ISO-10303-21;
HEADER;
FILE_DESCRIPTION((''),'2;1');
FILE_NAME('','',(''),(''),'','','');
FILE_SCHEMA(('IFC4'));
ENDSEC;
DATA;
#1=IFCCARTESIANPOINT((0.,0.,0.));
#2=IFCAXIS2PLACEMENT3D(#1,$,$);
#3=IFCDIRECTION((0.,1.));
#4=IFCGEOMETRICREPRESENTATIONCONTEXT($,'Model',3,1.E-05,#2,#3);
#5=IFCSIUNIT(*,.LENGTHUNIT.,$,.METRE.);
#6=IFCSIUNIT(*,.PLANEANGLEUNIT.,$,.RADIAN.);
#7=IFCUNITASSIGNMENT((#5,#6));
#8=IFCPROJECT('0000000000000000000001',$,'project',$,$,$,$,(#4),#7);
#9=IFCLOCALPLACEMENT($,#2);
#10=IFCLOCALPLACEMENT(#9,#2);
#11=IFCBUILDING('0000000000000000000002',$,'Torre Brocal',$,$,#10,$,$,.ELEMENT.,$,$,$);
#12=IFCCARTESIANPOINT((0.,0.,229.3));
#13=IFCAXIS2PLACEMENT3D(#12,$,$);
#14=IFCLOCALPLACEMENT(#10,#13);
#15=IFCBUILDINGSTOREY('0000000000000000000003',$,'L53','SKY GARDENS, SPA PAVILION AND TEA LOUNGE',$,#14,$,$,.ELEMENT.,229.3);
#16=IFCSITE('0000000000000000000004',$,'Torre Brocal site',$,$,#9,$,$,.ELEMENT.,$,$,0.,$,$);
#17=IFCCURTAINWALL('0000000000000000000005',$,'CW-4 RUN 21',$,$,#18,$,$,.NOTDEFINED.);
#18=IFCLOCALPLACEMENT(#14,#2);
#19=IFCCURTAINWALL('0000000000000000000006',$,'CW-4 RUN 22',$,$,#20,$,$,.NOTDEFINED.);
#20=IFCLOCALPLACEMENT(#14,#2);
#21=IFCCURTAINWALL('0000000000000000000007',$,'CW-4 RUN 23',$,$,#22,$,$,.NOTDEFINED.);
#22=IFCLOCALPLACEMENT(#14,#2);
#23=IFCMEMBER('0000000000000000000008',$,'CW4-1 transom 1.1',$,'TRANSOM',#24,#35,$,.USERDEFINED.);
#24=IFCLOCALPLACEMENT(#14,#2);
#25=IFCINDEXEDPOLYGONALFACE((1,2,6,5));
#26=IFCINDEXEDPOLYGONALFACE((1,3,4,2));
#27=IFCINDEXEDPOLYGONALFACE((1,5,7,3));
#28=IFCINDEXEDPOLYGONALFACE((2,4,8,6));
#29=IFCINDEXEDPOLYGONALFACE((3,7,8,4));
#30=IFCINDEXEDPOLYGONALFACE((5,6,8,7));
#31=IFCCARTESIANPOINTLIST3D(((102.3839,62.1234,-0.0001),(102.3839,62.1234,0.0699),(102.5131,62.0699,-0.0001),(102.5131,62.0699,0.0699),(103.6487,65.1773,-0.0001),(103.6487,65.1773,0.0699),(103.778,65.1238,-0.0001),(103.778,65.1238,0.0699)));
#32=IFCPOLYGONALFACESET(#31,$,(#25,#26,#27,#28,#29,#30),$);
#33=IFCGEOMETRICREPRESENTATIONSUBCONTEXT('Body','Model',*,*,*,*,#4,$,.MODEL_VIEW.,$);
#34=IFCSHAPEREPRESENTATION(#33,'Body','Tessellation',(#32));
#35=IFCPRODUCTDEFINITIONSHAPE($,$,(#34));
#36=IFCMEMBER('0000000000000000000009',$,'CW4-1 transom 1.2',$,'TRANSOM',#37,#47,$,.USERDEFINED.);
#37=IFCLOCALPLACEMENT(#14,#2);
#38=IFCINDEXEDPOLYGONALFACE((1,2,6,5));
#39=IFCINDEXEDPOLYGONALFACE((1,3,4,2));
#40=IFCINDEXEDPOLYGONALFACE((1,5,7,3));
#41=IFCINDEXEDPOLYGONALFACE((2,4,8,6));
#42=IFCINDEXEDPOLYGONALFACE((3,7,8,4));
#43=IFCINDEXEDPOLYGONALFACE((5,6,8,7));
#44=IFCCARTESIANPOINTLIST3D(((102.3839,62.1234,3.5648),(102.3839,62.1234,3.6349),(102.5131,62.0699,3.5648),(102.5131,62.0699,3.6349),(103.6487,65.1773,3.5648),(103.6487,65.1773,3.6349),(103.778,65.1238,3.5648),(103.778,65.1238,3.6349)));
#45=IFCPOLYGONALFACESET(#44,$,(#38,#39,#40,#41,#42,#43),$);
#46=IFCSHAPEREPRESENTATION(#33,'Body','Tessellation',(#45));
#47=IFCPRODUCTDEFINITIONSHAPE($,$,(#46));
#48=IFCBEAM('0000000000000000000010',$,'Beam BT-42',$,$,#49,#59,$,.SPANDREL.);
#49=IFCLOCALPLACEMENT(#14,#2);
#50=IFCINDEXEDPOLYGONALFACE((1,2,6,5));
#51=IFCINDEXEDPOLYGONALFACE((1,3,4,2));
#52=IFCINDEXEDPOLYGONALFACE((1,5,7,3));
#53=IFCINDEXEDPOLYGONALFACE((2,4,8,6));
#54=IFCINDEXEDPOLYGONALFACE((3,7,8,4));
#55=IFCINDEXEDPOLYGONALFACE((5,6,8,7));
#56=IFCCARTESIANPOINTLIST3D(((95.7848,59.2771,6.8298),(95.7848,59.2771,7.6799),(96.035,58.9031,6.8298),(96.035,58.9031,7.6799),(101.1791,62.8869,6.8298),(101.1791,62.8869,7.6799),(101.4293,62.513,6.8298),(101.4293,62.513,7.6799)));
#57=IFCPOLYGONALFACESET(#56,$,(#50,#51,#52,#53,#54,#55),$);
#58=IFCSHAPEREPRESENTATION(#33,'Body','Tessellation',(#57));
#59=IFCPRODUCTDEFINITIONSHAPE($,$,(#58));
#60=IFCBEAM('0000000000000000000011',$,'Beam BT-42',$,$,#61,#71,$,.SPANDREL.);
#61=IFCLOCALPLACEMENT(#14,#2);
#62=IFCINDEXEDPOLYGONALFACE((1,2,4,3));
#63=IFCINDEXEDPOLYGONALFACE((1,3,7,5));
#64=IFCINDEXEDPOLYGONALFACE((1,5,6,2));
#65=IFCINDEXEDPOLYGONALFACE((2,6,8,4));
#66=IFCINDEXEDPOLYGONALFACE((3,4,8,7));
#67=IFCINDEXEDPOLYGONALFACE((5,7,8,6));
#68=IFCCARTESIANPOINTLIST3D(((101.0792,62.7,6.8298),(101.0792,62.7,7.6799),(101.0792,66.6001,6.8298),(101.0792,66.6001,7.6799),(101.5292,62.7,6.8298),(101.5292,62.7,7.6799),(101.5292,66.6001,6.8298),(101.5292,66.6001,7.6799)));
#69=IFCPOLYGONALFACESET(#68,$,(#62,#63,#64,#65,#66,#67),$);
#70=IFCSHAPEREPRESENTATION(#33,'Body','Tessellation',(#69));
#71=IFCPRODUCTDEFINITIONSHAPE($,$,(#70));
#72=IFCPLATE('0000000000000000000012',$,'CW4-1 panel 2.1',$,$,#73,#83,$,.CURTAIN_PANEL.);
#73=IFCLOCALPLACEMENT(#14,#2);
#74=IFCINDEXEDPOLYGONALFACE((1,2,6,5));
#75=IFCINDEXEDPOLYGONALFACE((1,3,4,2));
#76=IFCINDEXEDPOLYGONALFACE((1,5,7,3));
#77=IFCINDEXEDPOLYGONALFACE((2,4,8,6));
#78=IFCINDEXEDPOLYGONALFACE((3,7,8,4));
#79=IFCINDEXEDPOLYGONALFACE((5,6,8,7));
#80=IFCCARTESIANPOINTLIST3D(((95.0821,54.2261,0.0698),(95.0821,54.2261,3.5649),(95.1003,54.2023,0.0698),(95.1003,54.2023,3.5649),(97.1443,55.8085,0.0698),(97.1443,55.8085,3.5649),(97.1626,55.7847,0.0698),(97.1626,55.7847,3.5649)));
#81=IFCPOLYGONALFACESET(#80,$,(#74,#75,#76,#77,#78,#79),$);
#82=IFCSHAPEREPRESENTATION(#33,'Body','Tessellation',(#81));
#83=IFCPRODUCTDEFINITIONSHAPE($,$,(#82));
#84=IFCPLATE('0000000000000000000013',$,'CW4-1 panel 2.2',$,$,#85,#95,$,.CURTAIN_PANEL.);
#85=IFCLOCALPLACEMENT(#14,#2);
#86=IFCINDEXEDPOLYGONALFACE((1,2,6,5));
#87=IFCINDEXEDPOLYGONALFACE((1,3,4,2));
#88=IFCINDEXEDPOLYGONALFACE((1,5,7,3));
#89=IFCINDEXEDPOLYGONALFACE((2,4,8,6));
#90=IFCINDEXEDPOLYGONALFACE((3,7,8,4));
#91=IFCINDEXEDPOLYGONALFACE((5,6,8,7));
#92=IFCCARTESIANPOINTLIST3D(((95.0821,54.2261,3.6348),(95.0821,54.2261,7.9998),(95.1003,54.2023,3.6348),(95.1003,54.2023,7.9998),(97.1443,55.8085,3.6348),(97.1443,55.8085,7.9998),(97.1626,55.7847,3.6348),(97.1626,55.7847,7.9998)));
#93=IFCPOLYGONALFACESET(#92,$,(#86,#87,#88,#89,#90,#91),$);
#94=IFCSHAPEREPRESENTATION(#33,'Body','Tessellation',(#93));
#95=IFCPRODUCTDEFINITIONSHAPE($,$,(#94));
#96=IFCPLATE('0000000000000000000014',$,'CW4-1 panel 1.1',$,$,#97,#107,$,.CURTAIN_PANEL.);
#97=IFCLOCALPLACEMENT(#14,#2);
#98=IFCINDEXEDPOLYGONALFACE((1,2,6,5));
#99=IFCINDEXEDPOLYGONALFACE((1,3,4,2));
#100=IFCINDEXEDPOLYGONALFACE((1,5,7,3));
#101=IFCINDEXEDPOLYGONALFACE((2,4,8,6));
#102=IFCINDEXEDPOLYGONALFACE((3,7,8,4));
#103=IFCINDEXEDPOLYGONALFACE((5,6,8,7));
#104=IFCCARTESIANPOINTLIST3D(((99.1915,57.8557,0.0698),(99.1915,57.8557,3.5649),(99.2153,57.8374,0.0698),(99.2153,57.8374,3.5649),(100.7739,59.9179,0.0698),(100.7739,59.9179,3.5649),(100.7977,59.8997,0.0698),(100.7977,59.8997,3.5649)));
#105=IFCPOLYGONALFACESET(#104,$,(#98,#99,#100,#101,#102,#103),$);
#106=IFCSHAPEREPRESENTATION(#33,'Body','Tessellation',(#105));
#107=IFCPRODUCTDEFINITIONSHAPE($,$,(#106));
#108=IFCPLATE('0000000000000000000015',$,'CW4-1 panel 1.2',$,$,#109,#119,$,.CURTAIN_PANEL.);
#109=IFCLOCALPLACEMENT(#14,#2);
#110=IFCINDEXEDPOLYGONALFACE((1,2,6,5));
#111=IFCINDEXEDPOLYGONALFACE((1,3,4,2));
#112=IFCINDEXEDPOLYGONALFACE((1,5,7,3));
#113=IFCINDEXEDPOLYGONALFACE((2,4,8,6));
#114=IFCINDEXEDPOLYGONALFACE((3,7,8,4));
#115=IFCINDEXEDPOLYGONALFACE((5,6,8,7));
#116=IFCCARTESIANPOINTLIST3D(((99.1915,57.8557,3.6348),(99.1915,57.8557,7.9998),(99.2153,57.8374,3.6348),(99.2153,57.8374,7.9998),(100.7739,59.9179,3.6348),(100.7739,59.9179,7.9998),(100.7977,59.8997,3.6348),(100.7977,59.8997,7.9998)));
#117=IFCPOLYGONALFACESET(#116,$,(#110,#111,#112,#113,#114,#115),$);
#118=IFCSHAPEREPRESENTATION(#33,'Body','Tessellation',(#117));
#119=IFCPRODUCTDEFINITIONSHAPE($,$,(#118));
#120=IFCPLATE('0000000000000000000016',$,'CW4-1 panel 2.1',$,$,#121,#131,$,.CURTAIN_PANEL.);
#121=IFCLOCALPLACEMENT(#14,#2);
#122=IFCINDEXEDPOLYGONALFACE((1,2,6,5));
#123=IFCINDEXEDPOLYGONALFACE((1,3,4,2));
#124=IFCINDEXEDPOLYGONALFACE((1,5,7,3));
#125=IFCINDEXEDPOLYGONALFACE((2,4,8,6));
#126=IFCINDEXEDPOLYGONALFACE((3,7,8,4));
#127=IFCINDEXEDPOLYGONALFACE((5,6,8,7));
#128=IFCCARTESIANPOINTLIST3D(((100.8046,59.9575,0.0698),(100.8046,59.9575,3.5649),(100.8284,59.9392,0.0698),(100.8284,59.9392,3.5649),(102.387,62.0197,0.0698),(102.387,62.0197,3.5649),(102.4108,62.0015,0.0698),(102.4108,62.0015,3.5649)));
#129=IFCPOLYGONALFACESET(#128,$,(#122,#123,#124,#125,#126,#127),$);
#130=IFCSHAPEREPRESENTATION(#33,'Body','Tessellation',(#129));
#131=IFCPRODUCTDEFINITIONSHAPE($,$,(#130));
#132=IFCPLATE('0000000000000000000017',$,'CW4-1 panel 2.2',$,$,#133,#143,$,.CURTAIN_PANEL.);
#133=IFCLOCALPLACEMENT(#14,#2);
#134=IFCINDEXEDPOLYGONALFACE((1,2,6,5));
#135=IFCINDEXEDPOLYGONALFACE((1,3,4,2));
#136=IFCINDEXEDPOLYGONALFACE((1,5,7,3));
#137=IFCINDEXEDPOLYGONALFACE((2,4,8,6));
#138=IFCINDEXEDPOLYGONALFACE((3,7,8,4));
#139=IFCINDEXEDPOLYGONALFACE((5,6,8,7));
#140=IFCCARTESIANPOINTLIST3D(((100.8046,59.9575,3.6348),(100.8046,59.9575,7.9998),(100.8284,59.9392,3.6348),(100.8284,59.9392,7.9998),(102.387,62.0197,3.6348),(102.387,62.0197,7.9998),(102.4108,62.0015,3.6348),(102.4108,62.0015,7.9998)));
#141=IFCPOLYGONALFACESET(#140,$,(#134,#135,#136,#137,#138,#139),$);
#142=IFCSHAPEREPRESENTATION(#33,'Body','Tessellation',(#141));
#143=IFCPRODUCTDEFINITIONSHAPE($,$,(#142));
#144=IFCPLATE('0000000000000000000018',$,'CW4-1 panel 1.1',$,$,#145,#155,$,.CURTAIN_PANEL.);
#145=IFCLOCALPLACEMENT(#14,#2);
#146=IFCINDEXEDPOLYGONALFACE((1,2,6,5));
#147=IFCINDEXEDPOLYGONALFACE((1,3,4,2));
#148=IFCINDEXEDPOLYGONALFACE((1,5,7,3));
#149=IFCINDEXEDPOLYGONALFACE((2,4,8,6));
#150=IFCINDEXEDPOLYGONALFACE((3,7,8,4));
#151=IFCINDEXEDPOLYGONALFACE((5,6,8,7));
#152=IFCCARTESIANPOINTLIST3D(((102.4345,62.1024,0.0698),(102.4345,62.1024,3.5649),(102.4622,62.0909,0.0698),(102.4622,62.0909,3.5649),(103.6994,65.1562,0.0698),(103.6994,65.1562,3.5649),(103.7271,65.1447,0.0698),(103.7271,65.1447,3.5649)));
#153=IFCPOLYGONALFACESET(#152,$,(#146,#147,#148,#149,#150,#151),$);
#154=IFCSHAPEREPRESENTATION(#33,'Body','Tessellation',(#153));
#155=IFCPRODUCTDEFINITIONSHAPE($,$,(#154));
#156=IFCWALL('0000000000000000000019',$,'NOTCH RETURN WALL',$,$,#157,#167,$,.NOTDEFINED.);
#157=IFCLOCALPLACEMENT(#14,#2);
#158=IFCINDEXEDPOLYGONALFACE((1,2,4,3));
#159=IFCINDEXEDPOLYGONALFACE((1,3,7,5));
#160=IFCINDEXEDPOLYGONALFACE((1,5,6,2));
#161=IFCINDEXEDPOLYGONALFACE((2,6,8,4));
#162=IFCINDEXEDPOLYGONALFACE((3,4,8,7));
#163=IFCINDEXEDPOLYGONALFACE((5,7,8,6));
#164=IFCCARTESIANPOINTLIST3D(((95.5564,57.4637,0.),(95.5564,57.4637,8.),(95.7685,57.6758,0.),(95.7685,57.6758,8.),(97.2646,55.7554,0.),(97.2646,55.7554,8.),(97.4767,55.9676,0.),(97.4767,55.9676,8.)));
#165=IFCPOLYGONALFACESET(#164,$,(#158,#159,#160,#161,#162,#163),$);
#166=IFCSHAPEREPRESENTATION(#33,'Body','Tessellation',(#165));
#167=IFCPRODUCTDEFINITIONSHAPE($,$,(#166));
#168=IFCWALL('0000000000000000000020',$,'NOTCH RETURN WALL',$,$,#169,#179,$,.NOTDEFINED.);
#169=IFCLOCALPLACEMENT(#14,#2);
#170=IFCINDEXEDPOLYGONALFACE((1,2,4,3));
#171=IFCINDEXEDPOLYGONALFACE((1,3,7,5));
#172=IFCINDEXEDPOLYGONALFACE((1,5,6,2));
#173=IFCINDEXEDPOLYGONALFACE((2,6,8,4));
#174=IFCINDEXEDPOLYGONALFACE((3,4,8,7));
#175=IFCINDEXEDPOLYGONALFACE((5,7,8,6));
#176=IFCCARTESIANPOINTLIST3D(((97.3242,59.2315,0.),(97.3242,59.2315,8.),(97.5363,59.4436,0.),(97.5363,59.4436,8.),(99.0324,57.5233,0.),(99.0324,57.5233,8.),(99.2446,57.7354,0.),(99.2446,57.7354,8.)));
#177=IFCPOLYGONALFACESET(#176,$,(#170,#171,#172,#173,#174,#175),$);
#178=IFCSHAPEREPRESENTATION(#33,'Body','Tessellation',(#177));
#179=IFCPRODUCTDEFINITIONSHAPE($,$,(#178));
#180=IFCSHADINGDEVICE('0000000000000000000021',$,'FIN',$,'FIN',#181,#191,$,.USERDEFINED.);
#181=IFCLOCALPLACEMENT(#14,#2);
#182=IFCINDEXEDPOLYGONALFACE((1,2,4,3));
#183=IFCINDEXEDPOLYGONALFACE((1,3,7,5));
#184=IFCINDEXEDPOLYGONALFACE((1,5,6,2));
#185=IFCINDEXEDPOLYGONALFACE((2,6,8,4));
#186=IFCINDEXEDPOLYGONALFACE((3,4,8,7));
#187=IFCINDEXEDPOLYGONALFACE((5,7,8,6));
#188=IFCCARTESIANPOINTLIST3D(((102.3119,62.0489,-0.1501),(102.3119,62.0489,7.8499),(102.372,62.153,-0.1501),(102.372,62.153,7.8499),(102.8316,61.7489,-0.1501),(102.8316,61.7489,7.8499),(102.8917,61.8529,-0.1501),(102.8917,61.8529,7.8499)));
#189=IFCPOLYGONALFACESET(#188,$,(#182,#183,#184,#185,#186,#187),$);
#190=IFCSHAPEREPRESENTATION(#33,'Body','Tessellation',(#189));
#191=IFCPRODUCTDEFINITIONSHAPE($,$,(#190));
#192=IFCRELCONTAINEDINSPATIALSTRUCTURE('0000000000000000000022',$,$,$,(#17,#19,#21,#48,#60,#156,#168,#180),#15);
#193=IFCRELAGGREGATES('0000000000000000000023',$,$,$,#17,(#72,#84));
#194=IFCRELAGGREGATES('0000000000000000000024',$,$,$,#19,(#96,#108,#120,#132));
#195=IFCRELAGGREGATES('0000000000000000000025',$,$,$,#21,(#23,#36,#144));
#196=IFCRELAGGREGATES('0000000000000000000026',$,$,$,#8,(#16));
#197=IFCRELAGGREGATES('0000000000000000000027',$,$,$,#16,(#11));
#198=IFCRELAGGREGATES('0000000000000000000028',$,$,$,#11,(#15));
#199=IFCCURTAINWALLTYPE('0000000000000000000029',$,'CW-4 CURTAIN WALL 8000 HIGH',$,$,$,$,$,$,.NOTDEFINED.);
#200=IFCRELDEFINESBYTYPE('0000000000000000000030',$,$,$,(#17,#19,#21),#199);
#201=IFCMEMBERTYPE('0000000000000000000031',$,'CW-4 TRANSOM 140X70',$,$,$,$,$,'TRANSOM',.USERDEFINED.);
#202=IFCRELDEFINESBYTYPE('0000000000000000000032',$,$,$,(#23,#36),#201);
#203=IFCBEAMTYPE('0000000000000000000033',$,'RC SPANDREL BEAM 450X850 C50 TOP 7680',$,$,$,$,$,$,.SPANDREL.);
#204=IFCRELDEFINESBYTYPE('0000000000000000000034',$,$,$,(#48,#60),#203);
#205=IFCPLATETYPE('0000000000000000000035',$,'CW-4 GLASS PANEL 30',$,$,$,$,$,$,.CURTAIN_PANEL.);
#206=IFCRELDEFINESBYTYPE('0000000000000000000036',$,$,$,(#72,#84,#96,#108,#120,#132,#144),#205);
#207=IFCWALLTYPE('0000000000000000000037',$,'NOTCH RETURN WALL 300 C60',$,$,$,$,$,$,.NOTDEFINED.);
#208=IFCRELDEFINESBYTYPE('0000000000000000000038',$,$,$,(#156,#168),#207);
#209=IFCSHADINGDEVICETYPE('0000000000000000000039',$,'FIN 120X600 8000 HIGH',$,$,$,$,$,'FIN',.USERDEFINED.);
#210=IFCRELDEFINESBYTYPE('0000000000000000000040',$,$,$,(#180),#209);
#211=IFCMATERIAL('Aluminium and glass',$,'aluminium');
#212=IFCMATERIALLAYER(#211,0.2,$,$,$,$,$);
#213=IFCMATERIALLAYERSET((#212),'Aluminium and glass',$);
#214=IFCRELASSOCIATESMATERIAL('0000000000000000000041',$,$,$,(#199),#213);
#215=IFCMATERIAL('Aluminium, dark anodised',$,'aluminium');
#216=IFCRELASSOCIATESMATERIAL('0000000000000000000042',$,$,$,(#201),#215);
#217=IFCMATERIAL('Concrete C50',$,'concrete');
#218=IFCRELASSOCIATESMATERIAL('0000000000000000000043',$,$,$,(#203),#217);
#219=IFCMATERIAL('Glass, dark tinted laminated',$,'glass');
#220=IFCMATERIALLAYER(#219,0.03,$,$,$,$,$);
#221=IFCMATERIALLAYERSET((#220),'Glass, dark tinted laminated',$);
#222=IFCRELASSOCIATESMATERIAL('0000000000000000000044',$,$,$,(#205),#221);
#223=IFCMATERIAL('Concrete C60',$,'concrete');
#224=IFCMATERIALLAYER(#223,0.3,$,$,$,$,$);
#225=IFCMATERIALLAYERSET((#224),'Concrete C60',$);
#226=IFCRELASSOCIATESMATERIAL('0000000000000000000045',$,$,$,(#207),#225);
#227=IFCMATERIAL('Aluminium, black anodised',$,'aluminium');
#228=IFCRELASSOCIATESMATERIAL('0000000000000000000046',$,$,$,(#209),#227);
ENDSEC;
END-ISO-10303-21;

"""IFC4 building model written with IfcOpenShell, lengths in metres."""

from ifc_helpers import new_model, si_unit, direction, frame, frame_2d, origin, origin_2d, place, context, subcontext, project, spatial, rectangle, extrude, material, layer, layer_set, material_profile, profile_set, type_object, element, aggregate, save


model = new_model("IFC4")

# Units and contexts
model_context = context("Model", 3, precision=1e-05, world=origin(), true_north=direction((0.0, 1.0)))
body_context = subcontext(model_context, "Body", "Model", "MODEL_VIEW")
ifc_project = project(units=[si_unit("LENGTHUNIT", "METRE"), si_unit("PLANEANGLEUNIT", "RADIAN")], contexts=[model_context])

# Site, building, storey
site_placement = place(None, origin())
site = spatial("IfcSite", under=ifc_project, at=site_placement, Name="Torre Brocal site", CompositionType="ELEMENT", RefElevation=0.0)
building_placement = place(site_placement, origin())
building = spatial("IfcBuilding", under=site, at=building_placement, Name="Torre Brocal", CompositionType="ELEMENT")
storey_placement = place(building_placement, frame((0.0, 0.0, 229.3)))
storey = spatial("IfcBuildingStorey", under=building, at=storey_placement, Name="L53", Description="SKY GARDENS, SPA PAVILION AND TEA LOUNGE", CompositionType="ELEMENT", Elevation=229.3)

# Curtain walls
ifc_material_1 = material(Name="Aluminium and glass", Category="aluminium")
ifc_layer_1 = layer(ifc_material_1, 0.2)
ifc_layer_set_1 = layer_set([ifc_layer_1], Name="Aluminium and glass")
curtain_wall_type = type_object("IfcCurtainWallType", Name="CW-4 CURTAIN WALL 8000 HIGH", PredefinedType="NOTDEFINED", material=ifc_layer_set_1)
curtain_wall_1_placement = place(storey_placement, origin())
curtain_wall_1 = element("IfcCurtainWall", 1, at=curtain_wall_1_placement, inside=storey, type_object=curtain_wall_type, Name="CW-4 RUN 21", PredefinedType="NOTDEFINED")
curtain_wall_2_placement = place(storey_placement, origin())
curtain_wall_2 = element("IfcCurtainWall", 2, at=curtain_wall_2_placement, inside=storey, type_object=curtain_wall_type, Name="CW-4 RUN 22", PredefinedType="NOTDEFINED")

# Curtain wall
curtain_wall_3_placement = place(storey_placement, origin())
curtain_wall_3 = element("IfcCurtainWall", 3, at=curtain_wall_3_placement, inside=storey, type_object=curtain_wall_type, Name="CW-4 RUN 23", PredefinedType="NOTDEFINED")

# Members
ifc_material_2 = material(Name="Aluminium, dark anodised", Category="aluminium")
ifc_material_profile_1 = material_profile(ifc_material_2, rectangle(XDim=0.1399, YDim=0.0701, at=origin_2d()), Name="CW-4 TRANSOM 140X70")
ifc_profile_set_1 = profile_set([ifc_material_profile_1], Name="Aluminium, dark anodised")
member_type_1 = type_object("IfcMemberType", Name="CW-4 TRANSOM 140X70", ElementType="TRANSOM", PredefinedType="USERDEFINED", material=ifc_profile_set_1)
member_1_placement = place(storey_placement, frame((102.4485, 62.0967, 0.0349), z_axis=(0.382658, 0.92389, 0.0), x_axis=(-0.92389, 0.382658, 0.0)))
member_1 = element("IfcMember", 4, at=member_1_placement, type_object=member_type_1, Name="CW4-1 transom 1.1", ObjectType="TRANSOM", PredefinedType="USERDEFINED", context=body_context, shape_type="SweptSolid", body=[
    extrude(rectangle(XDim=0.1399, YDim=0.0701, at=origin_2d()), origin(), (0.0, 0.0, 1.0), 3.3054),
])
member_2_placement = place(storey_placement, frame((102.4485, 62.0967, 3.5999), z_axis=(0.382658, 0.92389, 0.0), x_axis=(-0.92389, 0.382658, 0.0)))
member_2 = element("IfcMember", 5, at=member_2_placement, type_object=member_type_1, Name="CW4-1 transom 1.2", ObjectType="TRANSOM", PredefinedType="USERDEFINED", context=body_context, shape_type="SweptSolid", body=[
    extrude(rectangle(XDim=0.1399, YDim=0.0701, at=origin_2d()), origin(), (0.0, 0.0, 1.0), 3.3054),
])

# Beams
ifc_material_3 = material(Name="Concrete C50", Category="concrete")
ifc_material_profile_2 = material_profile(ifc_material_3, rectangle(XDim=0.45, YDim=0.8501, at=origin_2d()), Name="RC 450X850")
ifc_profile_set_2 = profile_set([ifc_material_profile_2], Name="Concrete C50")
beam_type = type_object("IfcBeamType", Name="RC SPANDREL BEAM 450X850 C50 TOP 7680", PredefinedType="SPANDREL", material=ifc_profile_set_2)
beam_1_placement = place(storey_placement, frame((95.9099, 59.0901, 7.2549), z_axis=(0.831077, 0.556158, 0.0), x_axis=(-0.556158, 0.831077, 0.0)))
element("IfcBeam", 6, at=beam_1_placement, inside=storey, type_object=beam_type, Name="Beam BT-42", PredefinedType="SPANDREL", context=body_context, shape_type="SweptSolid", body=[
    extrude(rectangle(XDim=0.45, YDim=0.8501, at=origin_2d()), origin(), (0.0, 0.0, 1.0), 6.4907),
])
beam_2_placement = place(storey_placement, frame((101.3042, 62.7, 7.2549), z_axis=(0.0, 1.0, 0.0), x_axis=(-1.0, 0.0, 0.0)))
element("IfcBeam", 7, at=beam_2_placement, inside=storey, type_object=beam_type, Name="Beam BT-42", PredefinedType="SPANDREL", context=body_context, shape_type="SweptSolid", body=[
    extrude(rectangle(XDim=0.45, YDim=0.8501, at=origin_2d()), origin(), (0.0, 0.0, 1.0), 3.9001),
])

# Plates
ifc_material_4 = material(Name="Glass, dark tinted laminated", Category="glass")
ifc_layer_2 = layer(ifc_material_4, 0.03)
ifc_layer_set_2 = layer_set([ifc_layer_2], Name="Glass, dark tinted laminated")
plate_type = type_object("IfcPlateType", Name="CW-4 GLASS PANEL 30", PredefinedType="CURTAIN_PANEL", material=ifc_layer_set_2)
plate_1_placement = place(storey_placement, frame((96.1223, 55.0054, 0.0698), z_axis=(0.0, 0.0, 1.0), x_axis=(0.793353, 0.608761, 0.0)))
plate_1 = element("IfcPlate", 8, at=plate_1_placement, type_object=plate_type, Name="CW4-1 panel 2.1", PredefinedType="CURTAIN_PANEL", context=body_context, shape_type="SweptSolid", body=[
    extrude(rectangle(XDim=2.5994, YDim=0.03, at=origin_2d()), origin(), (0.0, 0.0, 1.0), 3.4951),
])
plate_2_placement = place(storey_placement, frame((96.1223, 55.0054, 3.6348), z_axis=(0.0, 0.0, 1.0), x_axis=(0.793353, 0.608761, 0.0)))
plate_2 = element("IfcPlate", 9, at=plate_2_placement, type_object=plate_type, Name="CW4-1 panel 2.2", PredefinedType="CURTAIN_PANEL", context=body_context, shape_type="SweptSolid", body=[
    extrude(rectangle(XDim=2.5994, YDim=0.03, at=origin_2d()), origin(), (0.0, 0.0, 1.0), 4.365),
])
aggregate(curtain_wall_1, [plate_1, plate_2])
plate_3_placement = place(storey_placement, frame((99.9946, 58.8777, 0.0698), z_axis=(0.0, 0.0, 1.0), x_axis=(0.608761, 0.793353, 0.0)))
plate_3 = element("IfcPlate", 10, at=plate_3_placement, type_object=plate_type, Name="CW4-1 panel 1.1", PredefinedType="CURTAIN_PANEL", context=body_context, shape_type="SweptSolid", body=[
    extrude(rectangle(XDim=2.5994, YDim=0.03, at=origin_2d()), origin(), (0.0, 0.0, 1.0), 3.4951),
])
plate_4_placement = place(storey_placement, frame((99.9946, 58.8777, 3.6348), z_axis=(0.0, 0.0, 1.0), x_axis=(0.608761, 0.793353, 0.0)))
plate_4 = element("IfcPlate", 11, at=plate_4_placement, type_object=plate_type, Name="CW4-1 panel 1.2", PredefinedType="CURTAIN_PANEL", context=body_context, shape_type="SweptSolid", body=[
    extrude(rectangle(XDim=2.5994, YDim=0.03, at=origin_2d()), origin(), (0.0, 0.0, 1.0), 4.365),
])
plate_5_placement = place(storey_placement, frame((101.6077, 60.9795, 0.0698), z_axis=(0.0, 0.0, 1.0), x_axis=(0.608761, 0.793353, 0.0)))
plate_5 = element("IfcPlate", 12, at=plate_5_placement, type_object=plate_type, Name="CW4-1 panel 2.1", PredefinedType="CURTAIN_PANEL", context=body_context, shape_type="SweptSolid", body=[
    extrude(rectangle(XDim=2.5994, YDim=0.03, at=origin_2d()), origin(), (0.0, 0.0, 1.0), 3.4951),
])
plate_6_placement = place(storey_placement, frame((101.6077, 60.9795, 3.6348), z_axis=(0.0, 0.0, 1.0), x_axis=(0.608761, 0.793353, 0.0)))
plate_6 = element("IfcPlate", 13, at=plate_6_placement, type_object=plate_type, Name="CW4-1 panel 2.2", PredefinedType="CURTAIN_PANEL", context=body_context, shape_type="SweptSolid", body=[
    extrude(rectangle(XDim=2.5994, YDim=0.03, at=origin_2d()), origin(), (0.0, 0.0, 1.0), 4.365),
])
aggregate(curtain_wall_2, [plate_3, plate_4, plate_5, plate_6])
plate_7_placement = place(storey_placement, frame((103.0808, 63.6235, 0.0698), z_axis=(0.0, 0.0, 1.0), x_axis=(0.382683, 0.92388, 0.0)))
plate_7 = element("IfcPlate", 14, at=plate_7_placement, type_object=plate_type, Name="CW4-1 panel 1.1", PredefinedType="CURTAIN_PANEL", context=body_context, shape_type="SweptSolid", body=[
    extrude(rectangle(XDim=3.3054, YDim=0.03, at=origin_2d()), origin(), (0.0, 0.0, 1.0), 3.4951),
])
aggregate(curtain_wall_3, [member_1, member_2, plate_7])

# Walls
ifc_material_5 = material(Name="Concrete C60", Category="concrete")
ifc_layer_3 = layer(ifc_material_5, 0.3)
ifc_layer_set_3 = layer_set([ifc_layer_3], Name="Concrete C60")
wall_type = type_object("IfcWallType", Name="NOTCH RETURN WALL 300 C60", PredefinedType="NOTDEFINED", material=ifc_layer_set_3)
for number, where, z_axis, x_axis, name in (
    (15, (95.6624, 57.5698, 0.0), (0.0, 0.0, 1.0), (0.707107, -0.707107, 0.0), "NOTCH RETURN WALL"),
    (16, (97.4302, 59.3376, 0.0), (0.0, 0.0, 1.0), (0.707107, -0.707107, 0.0), "NOTCH RETURN WALL"),
):
    element("IfcWall", number, at=place(storey_placement, frame(where, z_axis=z_axis, x_axis=x_axis)), inside=storey, type_object=wall_type, Name=name, PredefinedType="NOTDEFINED", context=body_context, shape_type="SweptSolid", body=[
        extrude(rectangle(XDim=2.4158, YDim=0.3, at=frame_2d((1.208, 0.0))), origin(), (0.0, 0.0, 1.0), 8.0),
    ])

# Shading device
ifc_material_6 = material(Name="Aluminium, black anodised", Category="aluminium")
ifc_material_profile_3 = material_profile(ifc_material_6, rectangle(XDim=0.1201, YDim=0.6001, at=origin_2d()), Name="FIN 120X600 8000 HIGH")
ifc_profile_set_3 = profile_set([ifc_material_profile_3], Name="Aluminium, black anodised")
shading_device_type = type_object("IfcShadingDeviceType", Name="FIN 120X600 8000 HIGH", ElementType="FIN", PredefinedType="USERDEFINED", material=ifc_profile_set_3)
shading_device_placement = place(storey_placement, frame((102.6018, 61.9509, -0.1501), z_axis=(0.0, 0.0, 1.0), x_axis=(0.5, 0.866025, 0.0)))
element("IfcShadingDevice", 17, at=shading_device_placement, inside=storey, type_object=shading_device_type, Name="FIN", ObjectType="FIN", PredefinedType="USERDEFINED", context=body_context, shape_type="SweptSolid", body=[
    extrude(rectangle(XDim=0.1201, YDim=0.6001, at=origin_2d()), origin(), (0.0, 0.0, 1.0), 8.0),
])

save(model, "model.ifc")
